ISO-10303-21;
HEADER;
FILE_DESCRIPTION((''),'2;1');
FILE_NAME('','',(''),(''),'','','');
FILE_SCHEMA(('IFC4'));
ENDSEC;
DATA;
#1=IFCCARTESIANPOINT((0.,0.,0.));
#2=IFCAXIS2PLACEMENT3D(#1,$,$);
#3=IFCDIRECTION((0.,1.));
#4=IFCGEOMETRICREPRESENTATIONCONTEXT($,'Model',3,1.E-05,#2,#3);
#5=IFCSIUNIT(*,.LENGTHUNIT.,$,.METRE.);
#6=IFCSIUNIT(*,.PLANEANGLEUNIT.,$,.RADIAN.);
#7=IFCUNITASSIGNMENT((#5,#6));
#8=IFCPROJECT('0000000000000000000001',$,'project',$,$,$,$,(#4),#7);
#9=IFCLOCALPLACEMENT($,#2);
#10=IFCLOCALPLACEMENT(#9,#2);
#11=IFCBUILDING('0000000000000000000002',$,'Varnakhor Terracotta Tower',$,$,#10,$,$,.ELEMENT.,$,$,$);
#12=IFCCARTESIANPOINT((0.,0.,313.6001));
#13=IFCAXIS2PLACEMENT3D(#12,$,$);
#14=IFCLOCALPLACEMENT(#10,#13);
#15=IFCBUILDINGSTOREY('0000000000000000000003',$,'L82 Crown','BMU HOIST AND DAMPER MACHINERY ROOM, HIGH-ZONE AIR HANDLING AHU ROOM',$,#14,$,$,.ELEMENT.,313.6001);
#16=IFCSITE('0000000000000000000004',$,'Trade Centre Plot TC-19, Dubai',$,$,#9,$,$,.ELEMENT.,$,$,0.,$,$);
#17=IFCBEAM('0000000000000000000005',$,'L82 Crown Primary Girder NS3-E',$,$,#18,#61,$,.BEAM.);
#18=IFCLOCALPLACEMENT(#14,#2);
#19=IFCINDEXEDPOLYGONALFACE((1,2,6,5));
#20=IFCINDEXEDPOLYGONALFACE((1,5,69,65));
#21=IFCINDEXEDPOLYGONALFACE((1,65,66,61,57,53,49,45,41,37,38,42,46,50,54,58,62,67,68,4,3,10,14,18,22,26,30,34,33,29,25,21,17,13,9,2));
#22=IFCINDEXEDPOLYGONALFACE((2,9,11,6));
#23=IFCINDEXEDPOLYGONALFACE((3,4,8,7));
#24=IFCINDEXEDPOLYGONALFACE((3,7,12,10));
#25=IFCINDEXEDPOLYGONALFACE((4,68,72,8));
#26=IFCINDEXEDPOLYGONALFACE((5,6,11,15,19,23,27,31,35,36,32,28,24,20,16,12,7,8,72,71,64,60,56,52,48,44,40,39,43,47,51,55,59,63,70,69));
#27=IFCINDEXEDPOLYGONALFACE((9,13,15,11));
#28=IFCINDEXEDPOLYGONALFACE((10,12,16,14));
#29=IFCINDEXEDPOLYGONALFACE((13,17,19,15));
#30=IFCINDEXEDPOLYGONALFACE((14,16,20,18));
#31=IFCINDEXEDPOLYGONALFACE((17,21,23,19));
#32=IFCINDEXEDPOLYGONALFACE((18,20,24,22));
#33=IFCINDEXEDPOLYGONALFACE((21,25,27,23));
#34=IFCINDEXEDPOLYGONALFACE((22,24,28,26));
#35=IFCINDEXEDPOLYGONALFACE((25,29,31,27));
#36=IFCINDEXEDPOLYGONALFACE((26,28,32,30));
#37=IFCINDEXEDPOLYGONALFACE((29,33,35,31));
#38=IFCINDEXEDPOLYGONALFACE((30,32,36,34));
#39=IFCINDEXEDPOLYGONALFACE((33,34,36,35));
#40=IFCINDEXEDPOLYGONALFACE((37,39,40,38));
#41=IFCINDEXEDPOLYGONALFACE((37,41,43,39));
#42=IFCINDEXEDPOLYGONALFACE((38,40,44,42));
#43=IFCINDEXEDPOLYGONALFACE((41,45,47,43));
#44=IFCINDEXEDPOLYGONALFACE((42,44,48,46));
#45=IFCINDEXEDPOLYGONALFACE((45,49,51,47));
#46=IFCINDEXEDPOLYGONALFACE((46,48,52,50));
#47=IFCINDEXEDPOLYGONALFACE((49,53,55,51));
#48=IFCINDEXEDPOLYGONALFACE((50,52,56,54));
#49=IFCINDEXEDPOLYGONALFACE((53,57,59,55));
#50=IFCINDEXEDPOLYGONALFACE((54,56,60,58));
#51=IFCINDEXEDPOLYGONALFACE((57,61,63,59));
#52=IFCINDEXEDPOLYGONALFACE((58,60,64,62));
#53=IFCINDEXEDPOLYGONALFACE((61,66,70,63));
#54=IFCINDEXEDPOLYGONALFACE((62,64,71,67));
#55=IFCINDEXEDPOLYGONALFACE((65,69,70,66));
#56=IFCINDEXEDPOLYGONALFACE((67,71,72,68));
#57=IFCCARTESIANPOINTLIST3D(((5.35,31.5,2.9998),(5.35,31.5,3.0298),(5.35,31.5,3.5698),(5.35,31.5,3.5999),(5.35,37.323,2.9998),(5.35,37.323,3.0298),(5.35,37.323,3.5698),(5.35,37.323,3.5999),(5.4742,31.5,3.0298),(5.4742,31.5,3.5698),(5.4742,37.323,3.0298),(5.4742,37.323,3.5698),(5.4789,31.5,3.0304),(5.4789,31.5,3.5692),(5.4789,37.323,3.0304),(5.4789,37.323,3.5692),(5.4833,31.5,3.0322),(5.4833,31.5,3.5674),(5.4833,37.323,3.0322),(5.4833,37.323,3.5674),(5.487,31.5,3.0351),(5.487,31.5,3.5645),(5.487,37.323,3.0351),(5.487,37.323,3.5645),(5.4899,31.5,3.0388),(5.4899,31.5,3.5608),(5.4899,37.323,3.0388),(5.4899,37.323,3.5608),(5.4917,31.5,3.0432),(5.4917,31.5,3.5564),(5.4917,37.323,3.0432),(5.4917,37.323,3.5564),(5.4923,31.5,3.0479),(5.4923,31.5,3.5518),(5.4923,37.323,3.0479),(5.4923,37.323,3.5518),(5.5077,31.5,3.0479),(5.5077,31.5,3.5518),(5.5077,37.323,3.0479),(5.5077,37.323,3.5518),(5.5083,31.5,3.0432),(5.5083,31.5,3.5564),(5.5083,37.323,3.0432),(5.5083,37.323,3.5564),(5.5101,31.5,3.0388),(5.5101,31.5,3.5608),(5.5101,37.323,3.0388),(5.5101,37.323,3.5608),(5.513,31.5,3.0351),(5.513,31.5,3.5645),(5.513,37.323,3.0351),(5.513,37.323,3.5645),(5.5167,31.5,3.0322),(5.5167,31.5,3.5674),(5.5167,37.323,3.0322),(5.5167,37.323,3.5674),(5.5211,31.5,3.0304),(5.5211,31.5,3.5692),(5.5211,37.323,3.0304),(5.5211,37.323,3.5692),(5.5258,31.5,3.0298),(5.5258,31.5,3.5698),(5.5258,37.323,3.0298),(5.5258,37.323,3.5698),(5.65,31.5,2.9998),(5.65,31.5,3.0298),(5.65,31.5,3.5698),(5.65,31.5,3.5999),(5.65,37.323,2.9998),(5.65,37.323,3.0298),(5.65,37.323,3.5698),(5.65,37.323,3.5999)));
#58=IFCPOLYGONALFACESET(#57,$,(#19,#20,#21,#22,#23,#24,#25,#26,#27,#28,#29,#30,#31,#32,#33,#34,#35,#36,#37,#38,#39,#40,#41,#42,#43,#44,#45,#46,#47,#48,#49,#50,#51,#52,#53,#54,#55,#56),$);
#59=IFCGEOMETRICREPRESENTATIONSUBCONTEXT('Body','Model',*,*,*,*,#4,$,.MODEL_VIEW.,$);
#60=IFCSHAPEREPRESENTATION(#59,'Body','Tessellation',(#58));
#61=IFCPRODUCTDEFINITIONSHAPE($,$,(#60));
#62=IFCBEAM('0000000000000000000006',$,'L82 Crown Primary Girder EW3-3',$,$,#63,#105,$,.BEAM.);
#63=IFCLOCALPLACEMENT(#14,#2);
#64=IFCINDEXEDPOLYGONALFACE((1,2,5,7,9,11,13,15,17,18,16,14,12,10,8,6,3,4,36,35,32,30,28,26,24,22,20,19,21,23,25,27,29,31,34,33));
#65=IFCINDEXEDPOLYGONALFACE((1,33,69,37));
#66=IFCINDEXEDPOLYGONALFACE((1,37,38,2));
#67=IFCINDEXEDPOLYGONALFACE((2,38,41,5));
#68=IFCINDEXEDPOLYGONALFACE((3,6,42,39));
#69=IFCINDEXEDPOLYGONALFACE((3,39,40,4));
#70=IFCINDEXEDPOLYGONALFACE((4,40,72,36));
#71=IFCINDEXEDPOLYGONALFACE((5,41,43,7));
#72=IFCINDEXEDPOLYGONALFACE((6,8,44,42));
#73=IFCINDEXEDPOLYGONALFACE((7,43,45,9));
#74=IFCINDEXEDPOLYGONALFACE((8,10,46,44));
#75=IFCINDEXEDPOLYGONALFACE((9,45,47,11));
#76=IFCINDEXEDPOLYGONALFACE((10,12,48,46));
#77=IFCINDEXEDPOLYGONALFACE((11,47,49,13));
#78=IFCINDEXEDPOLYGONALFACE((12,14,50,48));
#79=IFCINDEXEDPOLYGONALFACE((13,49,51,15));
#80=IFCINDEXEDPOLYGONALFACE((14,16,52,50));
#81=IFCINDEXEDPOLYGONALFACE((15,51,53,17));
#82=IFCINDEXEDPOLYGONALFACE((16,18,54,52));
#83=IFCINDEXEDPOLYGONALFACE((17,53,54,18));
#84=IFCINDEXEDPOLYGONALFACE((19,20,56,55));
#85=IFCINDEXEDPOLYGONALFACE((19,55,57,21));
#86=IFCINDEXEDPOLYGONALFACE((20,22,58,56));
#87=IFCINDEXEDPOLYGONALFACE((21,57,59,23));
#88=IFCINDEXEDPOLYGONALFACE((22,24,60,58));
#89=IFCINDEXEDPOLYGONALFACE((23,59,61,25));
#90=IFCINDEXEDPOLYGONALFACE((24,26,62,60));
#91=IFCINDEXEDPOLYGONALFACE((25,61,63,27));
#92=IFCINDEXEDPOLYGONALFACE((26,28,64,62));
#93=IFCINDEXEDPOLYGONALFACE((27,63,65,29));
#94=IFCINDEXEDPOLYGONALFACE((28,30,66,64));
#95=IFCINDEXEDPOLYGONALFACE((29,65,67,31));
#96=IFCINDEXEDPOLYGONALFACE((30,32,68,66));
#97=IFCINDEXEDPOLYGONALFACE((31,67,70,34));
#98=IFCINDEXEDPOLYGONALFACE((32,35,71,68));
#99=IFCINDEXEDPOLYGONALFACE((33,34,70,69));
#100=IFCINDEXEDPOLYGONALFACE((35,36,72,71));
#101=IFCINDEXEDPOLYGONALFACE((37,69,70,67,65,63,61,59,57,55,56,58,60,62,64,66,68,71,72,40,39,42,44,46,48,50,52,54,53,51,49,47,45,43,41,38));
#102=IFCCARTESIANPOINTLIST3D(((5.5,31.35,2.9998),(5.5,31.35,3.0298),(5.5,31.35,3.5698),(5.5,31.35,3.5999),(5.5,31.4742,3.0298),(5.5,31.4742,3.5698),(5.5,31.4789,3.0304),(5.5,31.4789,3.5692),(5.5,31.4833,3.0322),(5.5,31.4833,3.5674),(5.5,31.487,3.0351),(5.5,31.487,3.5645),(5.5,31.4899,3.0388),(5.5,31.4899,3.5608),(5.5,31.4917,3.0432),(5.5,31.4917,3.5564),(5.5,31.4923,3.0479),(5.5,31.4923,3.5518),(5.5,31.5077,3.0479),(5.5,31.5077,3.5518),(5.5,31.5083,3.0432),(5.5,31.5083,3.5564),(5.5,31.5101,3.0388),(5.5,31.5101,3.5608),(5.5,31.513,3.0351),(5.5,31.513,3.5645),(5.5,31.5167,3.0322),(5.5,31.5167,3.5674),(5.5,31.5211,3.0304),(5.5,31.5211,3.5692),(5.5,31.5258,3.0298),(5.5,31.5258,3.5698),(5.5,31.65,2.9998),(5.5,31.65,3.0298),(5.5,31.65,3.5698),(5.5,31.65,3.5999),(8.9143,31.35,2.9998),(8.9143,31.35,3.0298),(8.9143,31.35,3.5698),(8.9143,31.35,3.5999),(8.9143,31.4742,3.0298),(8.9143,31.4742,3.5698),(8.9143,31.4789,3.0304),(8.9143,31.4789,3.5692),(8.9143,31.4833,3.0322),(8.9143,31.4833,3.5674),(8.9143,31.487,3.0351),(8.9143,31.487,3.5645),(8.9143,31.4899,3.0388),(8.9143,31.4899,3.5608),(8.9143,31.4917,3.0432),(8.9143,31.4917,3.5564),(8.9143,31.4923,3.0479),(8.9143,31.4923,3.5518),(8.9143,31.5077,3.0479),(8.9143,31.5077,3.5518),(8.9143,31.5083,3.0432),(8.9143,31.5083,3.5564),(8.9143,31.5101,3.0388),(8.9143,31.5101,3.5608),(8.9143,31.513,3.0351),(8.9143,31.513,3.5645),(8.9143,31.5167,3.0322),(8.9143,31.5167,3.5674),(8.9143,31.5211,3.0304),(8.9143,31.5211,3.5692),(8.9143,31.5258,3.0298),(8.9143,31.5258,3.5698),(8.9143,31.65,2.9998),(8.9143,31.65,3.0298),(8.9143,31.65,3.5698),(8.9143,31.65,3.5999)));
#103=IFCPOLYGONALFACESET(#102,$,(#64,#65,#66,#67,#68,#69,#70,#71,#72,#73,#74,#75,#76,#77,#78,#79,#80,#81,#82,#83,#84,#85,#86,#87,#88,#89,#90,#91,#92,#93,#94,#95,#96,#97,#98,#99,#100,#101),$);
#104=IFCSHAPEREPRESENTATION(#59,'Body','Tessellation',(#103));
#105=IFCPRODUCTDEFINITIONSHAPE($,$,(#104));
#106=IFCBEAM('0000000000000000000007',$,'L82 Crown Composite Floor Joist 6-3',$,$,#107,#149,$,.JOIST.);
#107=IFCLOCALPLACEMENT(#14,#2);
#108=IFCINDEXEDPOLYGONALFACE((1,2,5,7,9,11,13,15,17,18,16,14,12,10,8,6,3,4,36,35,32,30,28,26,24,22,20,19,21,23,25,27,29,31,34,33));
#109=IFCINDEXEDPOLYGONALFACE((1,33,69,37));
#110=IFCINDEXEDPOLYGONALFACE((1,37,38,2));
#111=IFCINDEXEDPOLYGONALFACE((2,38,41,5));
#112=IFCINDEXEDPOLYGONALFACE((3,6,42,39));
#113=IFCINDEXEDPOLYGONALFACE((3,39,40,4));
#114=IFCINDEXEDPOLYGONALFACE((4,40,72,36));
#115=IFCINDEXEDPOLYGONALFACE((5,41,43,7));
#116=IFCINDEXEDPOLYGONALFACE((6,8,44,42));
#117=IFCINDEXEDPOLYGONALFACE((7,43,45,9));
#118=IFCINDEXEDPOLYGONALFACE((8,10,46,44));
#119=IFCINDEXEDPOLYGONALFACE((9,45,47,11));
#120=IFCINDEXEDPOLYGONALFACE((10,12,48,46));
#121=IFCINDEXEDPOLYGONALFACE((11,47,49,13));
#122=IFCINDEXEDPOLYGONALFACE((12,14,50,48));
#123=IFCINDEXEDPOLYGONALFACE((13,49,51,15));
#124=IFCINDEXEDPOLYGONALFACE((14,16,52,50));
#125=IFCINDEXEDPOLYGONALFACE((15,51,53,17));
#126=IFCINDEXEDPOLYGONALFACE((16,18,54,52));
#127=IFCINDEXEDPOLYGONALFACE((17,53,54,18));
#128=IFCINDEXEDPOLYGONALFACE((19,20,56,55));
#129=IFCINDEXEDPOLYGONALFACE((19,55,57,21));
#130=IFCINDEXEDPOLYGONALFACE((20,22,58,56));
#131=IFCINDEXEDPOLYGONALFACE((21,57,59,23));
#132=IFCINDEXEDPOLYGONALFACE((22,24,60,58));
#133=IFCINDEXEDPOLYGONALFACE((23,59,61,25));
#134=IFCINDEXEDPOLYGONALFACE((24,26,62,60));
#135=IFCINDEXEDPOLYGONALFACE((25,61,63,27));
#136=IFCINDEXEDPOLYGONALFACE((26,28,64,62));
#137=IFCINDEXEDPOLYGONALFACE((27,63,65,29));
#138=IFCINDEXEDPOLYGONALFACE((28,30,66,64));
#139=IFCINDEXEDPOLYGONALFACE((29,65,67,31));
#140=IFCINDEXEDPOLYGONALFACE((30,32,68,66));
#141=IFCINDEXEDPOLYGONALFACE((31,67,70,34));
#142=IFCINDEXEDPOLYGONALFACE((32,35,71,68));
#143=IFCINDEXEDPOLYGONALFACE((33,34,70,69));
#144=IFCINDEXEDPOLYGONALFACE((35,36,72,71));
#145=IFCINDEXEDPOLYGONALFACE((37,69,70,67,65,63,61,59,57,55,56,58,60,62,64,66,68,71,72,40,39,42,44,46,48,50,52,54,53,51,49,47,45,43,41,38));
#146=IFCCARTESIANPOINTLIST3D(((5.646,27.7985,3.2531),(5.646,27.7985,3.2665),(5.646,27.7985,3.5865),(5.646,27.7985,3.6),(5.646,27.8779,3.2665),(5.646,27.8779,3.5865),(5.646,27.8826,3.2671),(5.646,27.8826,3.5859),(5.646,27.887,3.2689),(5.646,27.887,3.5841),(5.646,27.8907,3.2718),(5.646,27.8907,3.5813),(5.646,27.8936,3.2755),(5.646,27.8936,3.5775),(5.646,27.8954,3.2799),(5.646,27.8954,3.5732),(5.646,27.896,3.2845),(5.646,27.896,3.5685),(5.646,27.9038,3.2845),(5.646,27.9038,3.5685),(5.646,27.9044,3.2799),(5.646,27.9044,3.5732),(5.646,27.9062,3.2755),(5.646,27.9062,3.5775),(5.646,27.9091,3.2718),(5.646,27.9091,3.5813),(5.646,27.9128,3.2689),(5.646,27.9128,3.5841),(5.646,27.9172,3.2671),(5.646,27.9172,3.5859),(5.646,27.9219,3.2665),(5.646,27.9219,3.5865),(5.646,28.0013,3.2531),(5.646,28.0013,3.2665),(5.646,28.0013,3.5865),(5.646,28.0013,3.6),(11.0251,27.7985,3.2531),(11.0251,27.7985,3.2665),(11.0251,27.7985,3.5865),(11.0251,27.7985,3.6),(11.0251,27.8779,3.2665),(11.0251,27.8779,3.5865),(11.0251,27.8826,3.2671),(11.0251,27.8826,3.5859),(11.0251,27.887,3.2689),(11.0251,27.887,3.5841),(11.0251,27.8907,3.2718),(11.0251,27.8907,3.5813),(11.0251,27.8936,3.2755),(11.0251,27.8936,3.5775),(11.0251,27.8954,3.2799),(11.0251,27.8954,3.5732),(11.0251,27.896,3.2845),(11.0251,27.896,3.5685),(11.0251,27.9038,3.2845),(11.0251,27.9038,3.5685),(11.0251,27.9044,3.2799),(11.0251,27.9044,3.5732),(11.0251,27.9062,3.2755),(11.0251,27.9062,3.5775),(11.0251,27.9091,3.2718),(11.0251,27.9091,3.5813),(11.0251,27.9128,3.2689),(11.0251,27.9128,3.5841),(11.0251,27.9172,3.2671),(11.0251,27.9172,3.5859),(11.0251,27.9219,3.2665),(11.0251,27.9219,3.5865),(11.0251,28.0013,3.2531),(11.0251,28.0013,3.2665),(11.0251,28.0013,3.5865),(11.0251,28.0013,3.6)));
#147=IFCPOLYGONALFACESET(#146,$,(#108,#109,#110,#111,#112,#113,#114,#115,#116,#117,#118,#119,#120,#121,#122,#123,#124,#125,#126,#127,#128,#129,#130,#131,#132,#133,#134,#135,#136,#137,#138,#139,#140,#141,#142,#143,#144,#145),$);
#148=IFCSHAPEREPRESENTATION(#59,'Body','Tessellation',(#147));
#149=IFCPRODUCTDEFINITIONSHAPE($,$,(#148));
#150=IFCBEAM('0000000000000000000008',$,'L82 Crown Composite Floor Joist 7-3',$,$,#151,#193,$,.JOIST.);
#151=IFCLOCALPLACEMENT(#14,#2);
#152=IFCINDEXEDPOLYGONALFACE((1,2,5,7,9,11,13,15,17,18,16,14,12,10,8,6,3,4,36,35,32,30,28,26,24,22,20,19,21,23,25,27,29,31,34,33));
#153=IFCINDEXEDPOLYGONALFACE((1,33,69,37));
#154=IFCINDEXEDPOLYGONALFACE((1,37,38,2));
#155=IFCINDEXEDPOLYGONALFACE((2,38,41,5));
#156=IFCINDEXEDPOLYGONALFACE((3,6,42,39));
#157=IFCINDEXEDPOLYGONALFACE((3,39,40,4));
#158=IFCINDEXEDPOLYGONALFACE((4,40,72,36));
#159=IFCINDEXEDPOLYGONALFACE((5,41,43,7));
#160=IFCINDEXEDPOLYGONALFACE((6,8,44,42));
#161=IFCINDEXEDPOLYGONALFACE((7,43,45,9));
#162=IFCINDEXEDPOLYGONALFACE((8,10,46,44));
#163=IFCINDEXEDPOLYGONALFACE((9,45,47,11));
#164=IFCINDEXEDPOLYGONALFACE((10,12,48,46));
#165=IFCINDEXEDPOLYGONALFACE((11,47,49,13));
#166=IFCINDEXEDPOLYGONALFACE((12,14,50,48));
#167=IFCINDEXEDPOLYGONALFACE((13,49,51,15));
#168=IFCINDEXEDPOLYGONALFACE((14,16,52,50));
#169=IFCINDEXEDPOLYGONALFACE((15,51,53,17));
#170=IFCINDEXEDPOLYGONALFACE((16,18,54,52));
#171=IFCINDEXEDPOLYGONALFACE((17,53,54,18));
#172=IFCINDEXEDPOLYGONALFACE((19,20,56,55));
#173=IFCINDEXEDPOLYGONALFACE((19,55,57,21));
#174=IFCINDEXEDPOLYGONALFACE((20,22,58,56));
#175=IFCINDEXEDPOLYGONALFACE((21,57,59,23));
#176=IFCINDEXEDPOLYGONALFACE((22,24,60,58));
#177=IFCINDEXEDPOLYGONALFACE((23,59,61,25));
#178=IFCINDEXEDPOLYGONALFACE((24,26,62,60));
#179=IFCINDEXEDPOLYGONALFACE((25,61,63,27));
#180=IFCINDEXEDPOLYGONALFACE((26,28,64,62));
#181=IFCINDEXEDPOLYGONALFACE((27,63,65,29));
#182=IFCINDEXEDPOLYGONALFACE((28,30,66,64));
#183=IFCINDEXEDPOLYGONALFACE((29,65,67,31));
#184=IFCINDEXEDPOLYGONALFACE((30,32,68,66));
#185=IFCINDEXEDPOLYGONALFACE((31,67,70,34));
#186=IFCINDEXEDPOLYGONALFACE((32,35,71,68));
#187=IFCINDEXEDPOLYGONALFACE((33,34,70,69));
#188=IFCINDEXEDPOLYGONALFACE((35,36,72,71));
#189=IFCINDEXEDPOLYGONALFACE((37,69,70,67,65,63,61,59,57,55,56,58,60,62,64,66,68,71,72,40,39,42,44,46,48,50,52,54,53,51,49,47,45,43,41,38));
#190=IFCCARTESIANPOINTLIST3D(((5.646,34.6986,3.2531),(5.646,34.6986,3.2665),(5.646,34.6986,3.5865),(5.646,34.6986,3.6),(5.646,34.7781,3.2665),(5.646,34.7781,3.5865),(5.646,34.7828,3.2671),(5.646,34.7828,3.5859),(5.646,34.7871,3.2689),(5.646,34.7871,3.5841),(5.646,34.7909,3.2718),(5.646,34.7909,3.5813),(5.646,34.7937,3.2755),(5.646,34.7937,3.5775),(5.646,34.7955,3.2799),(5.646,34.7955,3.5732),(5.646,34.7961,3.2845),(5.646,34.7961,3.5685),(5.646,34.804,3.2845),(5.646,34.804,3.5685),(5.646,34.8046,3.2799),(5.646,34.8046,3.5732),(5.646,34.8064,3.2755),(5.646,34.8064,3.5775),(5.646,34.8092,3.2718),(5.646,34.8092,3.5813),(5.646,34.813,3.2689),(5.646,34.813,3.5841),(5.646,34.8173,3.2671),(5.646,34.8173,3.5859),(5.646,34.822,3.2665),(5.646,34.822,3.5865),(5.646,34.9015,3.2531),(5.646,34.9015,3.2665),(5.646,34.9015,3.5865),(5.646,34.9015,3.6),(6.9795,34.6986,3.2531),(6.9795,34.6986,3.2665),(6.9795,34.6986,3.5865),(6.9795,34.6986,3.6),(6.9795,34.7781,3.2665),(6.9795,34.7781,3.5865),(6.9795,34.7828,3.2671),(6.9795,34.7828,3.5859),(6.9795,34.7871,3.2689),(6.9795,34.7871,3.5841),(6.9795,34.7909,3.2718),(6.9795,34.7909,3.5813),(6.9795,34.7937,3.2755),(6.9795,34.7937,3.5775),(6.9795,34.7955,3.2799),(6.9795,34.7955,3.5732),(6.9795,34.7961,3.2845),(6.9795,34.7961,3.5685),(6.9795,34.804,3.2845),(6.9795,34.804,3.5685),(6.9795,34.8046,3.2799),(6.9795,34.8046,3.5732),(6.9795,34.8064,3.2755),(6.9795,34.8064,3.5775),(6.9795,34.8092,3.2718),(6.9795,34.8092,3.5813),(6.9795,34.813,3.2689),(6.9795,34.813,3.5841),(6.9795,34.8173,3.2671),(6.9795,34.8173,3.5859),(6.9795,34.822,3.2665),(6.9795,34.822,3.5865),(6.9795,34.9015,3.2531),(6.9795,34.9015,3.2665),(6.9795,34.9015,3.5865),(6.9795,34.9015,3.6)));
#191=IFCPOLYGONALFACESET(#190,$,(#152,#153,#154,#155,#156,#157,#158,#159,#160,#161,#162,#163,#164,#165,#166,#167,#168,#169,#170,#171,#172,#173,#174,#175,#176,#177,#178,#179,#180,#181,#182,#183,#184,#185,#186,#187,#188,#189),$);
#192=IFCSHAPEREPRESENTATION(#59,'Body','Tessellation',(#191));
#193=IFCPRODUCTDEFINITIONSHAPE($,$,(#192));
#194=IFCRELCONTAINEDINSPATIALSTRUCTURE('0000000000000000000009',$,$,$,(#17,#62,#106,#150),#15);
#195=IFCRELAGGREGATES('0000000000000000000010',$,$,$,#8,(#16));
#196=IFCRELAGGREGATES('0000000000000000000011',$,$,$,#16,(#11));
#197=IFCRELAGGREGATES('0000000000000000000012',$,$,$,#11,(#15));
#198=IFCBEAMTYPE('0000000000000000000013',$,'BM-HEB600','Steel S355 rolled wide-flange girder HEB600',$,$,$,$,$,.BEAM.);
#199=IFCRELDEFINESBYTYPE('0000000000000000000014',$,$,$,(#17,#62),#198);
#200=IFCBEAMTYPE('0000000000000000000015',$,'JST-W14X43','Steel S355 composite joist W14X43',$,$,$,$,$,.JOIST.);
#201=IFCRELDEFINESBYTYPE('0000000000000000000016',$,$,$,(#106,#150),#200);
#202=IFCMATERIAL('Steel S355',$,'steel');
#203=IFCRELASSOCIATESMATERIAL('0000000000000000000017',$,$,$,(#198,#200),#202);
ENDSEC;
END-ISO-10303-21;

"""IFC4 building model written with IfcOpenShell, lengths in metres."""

from ifc_helpers import new_model, si_unit, direction, frame, origin, origin_2d, place, context, subcontext, project, spatial, i_section, extrude, source, transform, mapped, material, material_profile, profile_set, type_object, element, save


model = new_model("IFC4")

# Units and contexts
model_context = context("Model", 3, precision=1e-05, world=origin(), true_north=direction((0.0, 1.0)))
body_context = subcontext(model_context, "Body", "Model", "MODEL_VIEW")
ifc_project = project(units=[si_unit("LENGTHUNIT", "METRE"), si_unit("PLANEANGLEUNIT", "RADIAN")], contexts=[model_context])

# Site, building, storey
site_placement = place(None, origin())
site = spatial("IfcSite", under=ifc_project, at=site_placement, Name="Trade Centre Plot TC-19, Dubai", CompositionType="ELEMENT", RefElevation=0.0)
building_placement = place(site_placement, origin())
building = spatial("IfcBuilding", under=site, at=building_placement, Name="Varnakhor Terracotta Tower", CompositionType="ELEMENT")
storey_placement = place(building_placement, frame((0.0, 0.0, 313.6001)))
storey = spatial("IfcBuildingStorey", under=building, at=storey_placement, Name="L82 Crown", Description="BMU HOIST AND DAMPER MACHINERY ROOM, HIGH-ZONE AIR HANDLING AHU ROOM", CompositionType="ELEMENT", Elevation=313.6001)

# Shared definitions
ifc_material_1 = material(Name="Steel S355", Category="steel")

# Beams
ifc_material_profile_1 = material_profile(ifc_material_1, i_section(OverallWidth=0.3, OverallDepth=0.6001, WebThickness=0.0154, FlangeThickness=0.03, FilletRadius=0.0181, at=origin_2d()), Name="HEB600")
ifc_profile_set_1 = profile_set([ifc_material_profile_1], Name="Steel S355")
beam_type_1 = type_object("IfcBeamType", Name="BM-HEB600", Description="Steel S355 rolled wide-flange girder HEB600", PredefinedType="BEAM", material=ifc_profile_set_1)
shared_shape_1 = source(origin(), body_context, "Body", "SweptSolid", [
    extrude(i_section(OverallWidth=0.3, OverallDepth=0.6001, WebThickness=0.0154, FlangeThickness=0.03, FilletRadius=0.0181, at=origin_2d()), origin(), (0.0, 0.0, 1.0), 5.823),
])
beam_1_placement = place(storey_placement, frame((5.5, 31.5, 3.2998), z_axis=(0.0, 1.0, 0.0), x_axis=(-1.0, 0.0, 0.0)))
element("IfcBeam", 1, at=beam_1_placement, inside=storey, type_object=beam_type_1, Name="L82 Crown Primary Girder NS3-E", PredefinedType="BEAM", context=body_context, shape_type="MappedRepresentation", body=[
    mapped(shared_shape_1, transform((0.0, 0.0, 0.0), scale=1.0)),
])
shared_shape_2 = source(origin(), body_context, "Body", "SweptSolid", [
    extrude(i_section(OverallWidth=0.3, OverallDepth=0.6001, WebThickness=0.0154, FlangeThickness=0.03, FilletRadius=0.0181, at=origin_2d()), origin(), (0.0, 0.0, 1.0), 3.4143),
])
beam_2_placement = place(storey_placement, frame((5.5, 31.5, 3.2998), z_axis=(1.0, 0.0, 0.0), x_axis=(0.0, 1.0, 0.0)))
element("IfcBeam", 2, at=beam_2_placement, inside=storey, type_object=beam_type_1, Name="L82 Crown Primary Girder EW3-3", PredefinedType="BEAM", context=body_context, shape_type="MappedRepresentation", body=[
    mapped(shared_shape_2, transform((0.0, 0.0, 0.0), scale=1.0)),
])
ifc_material_profile_2 = material_profile(ifc_material_1, i_section(OverallWidth=0.2029, OverallDepth=0.3469, WebThickness=0.0078, FlangeThickness=0.0134, FilletRadius=0.0181, at=origin_2d()), Name="W14X43")
ifc_profile_set_2 = profile_set([ifc_material_profile_2], Name="Steel S355")
beam_type_2 = type_object("IfcBeamType", Name="JST-W14X43", Description="Steel S355 composite joist W14X43", PredefinedType="JOIST", material=ifc_profile_set_2)
shared_shape_3 = source(origin(), body_context, "Body", "SweptSolid", [
    extrude(i_section(OverallWidth=0.2029, OverallDepth=0.3469, WebThickness=0.0078, FlangeThickness=0.0134, FilletRadius=0.0181, at=origin_2d()), origin(), (0.0, 0.0, 1.0), 5.3792),
])
beam_3_placement = place(storey_placement, frame((5.646, 27.8999, 3.4265), z_axis=(1.0, 0.0, 0.0), x_axis=(0.0, 1.0, 0.0)))
element("IfcBeam", 3, at=beam_3_placement, inside=storey, type_object=beam_type_2, Name="L82 Crown Composite Floor Joist 6-3", PredefinedType="JOIST", context=body_context, shape_type="MappedRepresentation", body=[
    mapped(shared_shape_3, transform((0.0, 0.0, 0.0), scale=1.0)),
])
shared_shape_4 = source(origin(), body_context, "Body", "SweptSolid", [
    extrude(i_section(OverallWidth=0.2029, OverallDepth=0.3469, WebThickness=0.0078, FlangeThickness=0.0134, FilletRadius=0.0181, at=origin_2d()), origin(), (0.0, 0.0, 1.0), 1.3335),
])
beam_4_placement = place(storey_placement, frame((5.646, 34.8, 3.4265), z_axis=(1.0, 0.0, 0.0), x_axis=(0.0, 1.0, 0.0)))
element("IfcBeam", 4, at=beam_4_placement, inside=storey, type_object=beam_type_2, Name="L82 Crown Composite Floor Joist 7-3", PredefinedType="JOIST", context=body_context, shape_type="MappedRepresentation", body=[
    mapped(shared_shape_4, transform((0.0, 0.0, 0.0), scale=1.0)),
])

save(model, "model.ifc")
